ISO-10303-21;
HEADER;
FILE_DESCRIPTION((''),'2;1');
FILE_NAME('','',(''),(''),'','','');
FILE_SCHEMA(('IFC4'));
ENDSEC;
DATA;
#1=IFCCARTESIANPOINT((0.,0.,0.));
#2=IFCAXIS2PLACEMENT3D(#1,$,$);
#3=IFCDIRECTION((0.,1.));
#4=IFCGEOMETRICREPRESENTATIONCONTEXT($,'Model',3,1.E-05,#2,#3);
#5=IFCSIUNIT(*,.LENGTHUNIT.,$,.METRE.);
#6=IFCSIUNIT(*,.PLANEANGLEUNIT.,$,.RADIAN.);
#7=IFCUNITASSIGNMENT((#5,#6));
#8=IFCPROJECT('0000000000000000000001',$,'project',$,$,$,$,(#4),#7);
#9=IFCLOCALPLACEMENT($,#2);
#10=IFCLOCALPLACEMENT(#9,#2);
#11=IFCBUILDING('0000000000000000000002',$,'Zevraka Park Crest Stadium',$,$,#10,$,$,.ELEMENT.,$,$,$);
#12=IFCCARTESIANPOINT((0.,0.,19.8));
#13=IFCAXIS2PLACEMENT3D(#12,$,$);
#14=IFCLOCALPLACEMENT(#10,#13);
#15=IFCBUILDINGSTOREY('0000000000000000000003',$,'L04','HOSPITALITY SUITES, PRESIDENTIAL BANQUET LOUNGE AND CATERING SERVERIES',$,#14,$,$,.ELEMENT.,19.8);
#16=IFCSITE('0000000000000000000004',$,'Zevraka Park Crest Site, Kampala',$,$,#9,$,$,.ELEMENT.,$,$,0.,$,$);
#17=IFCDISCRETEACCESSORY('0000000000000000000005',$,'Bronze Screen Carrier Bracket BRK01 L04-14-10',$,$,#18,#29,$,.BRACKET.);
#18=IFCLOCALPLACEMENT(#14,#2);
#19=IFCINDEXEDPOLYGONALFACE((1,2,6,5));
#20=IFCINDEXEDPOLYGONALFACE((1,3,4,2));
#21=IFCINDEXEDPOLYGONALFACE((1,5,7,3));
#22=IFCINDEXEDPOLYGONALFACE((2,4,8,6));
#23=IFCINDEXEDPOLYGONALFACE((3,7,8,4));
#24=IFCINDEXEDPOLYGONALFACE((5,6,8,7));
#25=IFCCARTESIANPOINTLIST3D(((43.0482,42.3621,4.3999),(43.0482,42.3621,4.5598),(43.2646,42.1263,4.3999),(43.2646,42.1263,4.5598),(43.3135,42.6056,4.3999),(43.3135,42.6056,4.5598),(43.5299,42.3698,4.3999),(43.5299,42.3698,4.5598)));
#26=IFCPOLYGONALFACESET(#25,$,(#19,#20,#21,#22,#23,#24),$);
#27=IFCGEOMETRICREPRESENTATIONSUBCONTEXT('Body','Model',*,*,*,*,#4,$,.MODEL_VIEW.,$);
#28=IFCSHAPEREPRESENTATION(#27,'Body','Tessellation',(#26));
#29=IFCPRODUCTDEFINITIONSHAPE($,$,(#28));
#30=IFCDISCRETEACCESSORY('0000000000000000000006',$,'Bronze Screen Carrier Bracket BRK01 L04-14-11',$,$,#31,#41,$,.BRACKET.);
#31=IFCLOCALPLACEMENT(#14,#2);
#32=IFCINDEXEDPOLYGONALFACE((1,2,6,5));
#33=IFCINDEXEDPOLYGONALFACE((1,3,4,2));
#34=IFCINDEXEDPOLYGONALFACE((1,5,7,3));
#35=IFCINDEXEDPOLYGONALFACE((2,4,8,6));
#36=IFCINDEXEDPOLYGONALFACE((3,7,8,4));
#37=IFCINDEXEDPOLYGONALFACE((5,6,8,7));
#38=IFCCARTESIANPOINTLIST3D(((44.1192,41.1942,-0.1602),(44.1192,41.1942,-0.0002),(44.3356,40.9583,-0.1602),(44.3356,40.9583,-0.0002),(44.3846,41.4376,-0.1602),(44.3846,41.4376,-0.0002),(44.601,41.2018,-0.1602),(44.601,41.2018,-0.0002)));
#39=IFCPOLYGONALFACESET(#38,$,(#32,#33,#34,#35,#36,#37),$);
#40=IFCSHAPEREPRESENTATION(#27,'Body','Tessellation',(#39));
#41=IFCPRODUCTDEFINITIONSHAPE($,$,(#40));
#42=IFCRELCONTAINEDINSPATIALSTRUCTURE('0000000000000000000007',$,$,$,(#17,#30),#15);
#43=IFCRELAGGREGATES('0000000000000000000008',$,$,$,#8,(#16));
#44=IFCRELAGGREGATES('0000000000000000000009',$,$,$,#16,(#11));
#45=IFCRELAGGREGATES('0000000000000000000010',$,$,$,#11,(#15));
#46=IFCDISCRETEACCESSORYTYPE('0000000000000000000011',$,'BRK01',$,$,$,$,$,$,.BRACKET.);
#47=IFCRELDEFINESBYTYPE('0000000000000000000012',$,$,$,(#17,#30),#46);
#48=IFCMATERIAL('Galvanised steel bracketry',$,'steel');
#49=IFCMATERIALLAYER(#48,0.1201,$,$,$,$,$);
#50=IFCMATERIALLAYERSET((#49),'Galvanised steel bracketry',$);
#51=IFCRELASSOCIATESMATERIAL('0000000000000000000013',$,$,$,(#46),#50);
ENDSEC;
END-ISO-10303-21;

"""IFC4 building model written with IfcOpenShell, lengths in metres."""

from ifc_helpers import new_model, si_unit, direction, frame, origin, origin_2d, place, context, subcontext, project, spatial, rectangle, extrude, material, layer, layer_set, type_object, element, save


model = new_model("IFC4")

# Units and contexts
model_context = context("Model", 3, precision=1e-05, world=origin(), true_north=direction((0.0, 1.0)))
body_context = subcontext(model_context, "Body", "Model", "MODEL_VIEW")
ifc_project = project(units=[si_unit("LENGTHUNIT", "METRE"), si_unit("PLANEANGLEUNIT", "RADIAN")], contexts=[model_context])

# Site, building, storey
site_placement = place(None, origin())
site = spatial("IfcSite", under=ifc_project, at=site_placement, Name="Zevraka Park Crest Site, Kampala", CompositionType="ELEMENT", RefElevation=0.0)
building_placement = place(site_placement, origin())
building = spatial("IfcBuilding", under=site, at=building_placement, Name="Zevraka Park Crest Stadium", CompositionType="ELEMENT")
storey_placement = place(building_placement, frame((0.0, 0.0, 19.8)))
storey = spatial("IfcBuildingStorey", under=building, at=storey_placement, Name="L04", Description="HOSPITALITY SUITES, PRESIDENTIAL BANQUET LOUNGE AND CATERING SERVERIES", CompositionType="ELEMENT", Elevation=19.8)

# Discrete accessories
ifc_material_1 = material(Name="Galvanised steel bracketry", Category="steel")
ifc_layer_1 = layer(ifc_material_1, 0.1201)
ifc_layer_set_1 = layer_set([ifc_layer_1], Name="Galvanised steel bracketry")
discrete_accessory_type = type_object("IfcDiscreteAccessoryType", Name="BRK01", PredefinedType="BRACKET", material=ifc_layer_set_1)
for number, where, z_axis, x_axis, name in (
    (1, (43.2891, 42.366, 4.3999), (0.0, 0.0, 1.0), (0.676105, -0.736806, 0.0), "Bronze Screen Carrier Bracket BRK01 L04-14-10"),
    (2, (44.3601, 41.198, -0.1602), (0.0, 0.0, 1.0), (0.676105, -0.736806, 0.0), "Bronze Screen Carrier Bracket BRK01 L04-14-11"),
):
    element("IfcDiscreteAccessory", number, at=place(storey_placement, frame(where, z_axis=z_axis, x_axis=x_axis)), inside=storey, type_object=discrete_accessory_type, Name=name, PredefinedType="BRACKET", context=body_context, shape_type="SweptSolid", body=[
        extrude(rectangle(XDim=0.3201, YDim=0.3601, at=origin_2d()), origin(), (0.0, 0.0, 1.0), 0.1599),
    ])

save(model, "model.ifc")
